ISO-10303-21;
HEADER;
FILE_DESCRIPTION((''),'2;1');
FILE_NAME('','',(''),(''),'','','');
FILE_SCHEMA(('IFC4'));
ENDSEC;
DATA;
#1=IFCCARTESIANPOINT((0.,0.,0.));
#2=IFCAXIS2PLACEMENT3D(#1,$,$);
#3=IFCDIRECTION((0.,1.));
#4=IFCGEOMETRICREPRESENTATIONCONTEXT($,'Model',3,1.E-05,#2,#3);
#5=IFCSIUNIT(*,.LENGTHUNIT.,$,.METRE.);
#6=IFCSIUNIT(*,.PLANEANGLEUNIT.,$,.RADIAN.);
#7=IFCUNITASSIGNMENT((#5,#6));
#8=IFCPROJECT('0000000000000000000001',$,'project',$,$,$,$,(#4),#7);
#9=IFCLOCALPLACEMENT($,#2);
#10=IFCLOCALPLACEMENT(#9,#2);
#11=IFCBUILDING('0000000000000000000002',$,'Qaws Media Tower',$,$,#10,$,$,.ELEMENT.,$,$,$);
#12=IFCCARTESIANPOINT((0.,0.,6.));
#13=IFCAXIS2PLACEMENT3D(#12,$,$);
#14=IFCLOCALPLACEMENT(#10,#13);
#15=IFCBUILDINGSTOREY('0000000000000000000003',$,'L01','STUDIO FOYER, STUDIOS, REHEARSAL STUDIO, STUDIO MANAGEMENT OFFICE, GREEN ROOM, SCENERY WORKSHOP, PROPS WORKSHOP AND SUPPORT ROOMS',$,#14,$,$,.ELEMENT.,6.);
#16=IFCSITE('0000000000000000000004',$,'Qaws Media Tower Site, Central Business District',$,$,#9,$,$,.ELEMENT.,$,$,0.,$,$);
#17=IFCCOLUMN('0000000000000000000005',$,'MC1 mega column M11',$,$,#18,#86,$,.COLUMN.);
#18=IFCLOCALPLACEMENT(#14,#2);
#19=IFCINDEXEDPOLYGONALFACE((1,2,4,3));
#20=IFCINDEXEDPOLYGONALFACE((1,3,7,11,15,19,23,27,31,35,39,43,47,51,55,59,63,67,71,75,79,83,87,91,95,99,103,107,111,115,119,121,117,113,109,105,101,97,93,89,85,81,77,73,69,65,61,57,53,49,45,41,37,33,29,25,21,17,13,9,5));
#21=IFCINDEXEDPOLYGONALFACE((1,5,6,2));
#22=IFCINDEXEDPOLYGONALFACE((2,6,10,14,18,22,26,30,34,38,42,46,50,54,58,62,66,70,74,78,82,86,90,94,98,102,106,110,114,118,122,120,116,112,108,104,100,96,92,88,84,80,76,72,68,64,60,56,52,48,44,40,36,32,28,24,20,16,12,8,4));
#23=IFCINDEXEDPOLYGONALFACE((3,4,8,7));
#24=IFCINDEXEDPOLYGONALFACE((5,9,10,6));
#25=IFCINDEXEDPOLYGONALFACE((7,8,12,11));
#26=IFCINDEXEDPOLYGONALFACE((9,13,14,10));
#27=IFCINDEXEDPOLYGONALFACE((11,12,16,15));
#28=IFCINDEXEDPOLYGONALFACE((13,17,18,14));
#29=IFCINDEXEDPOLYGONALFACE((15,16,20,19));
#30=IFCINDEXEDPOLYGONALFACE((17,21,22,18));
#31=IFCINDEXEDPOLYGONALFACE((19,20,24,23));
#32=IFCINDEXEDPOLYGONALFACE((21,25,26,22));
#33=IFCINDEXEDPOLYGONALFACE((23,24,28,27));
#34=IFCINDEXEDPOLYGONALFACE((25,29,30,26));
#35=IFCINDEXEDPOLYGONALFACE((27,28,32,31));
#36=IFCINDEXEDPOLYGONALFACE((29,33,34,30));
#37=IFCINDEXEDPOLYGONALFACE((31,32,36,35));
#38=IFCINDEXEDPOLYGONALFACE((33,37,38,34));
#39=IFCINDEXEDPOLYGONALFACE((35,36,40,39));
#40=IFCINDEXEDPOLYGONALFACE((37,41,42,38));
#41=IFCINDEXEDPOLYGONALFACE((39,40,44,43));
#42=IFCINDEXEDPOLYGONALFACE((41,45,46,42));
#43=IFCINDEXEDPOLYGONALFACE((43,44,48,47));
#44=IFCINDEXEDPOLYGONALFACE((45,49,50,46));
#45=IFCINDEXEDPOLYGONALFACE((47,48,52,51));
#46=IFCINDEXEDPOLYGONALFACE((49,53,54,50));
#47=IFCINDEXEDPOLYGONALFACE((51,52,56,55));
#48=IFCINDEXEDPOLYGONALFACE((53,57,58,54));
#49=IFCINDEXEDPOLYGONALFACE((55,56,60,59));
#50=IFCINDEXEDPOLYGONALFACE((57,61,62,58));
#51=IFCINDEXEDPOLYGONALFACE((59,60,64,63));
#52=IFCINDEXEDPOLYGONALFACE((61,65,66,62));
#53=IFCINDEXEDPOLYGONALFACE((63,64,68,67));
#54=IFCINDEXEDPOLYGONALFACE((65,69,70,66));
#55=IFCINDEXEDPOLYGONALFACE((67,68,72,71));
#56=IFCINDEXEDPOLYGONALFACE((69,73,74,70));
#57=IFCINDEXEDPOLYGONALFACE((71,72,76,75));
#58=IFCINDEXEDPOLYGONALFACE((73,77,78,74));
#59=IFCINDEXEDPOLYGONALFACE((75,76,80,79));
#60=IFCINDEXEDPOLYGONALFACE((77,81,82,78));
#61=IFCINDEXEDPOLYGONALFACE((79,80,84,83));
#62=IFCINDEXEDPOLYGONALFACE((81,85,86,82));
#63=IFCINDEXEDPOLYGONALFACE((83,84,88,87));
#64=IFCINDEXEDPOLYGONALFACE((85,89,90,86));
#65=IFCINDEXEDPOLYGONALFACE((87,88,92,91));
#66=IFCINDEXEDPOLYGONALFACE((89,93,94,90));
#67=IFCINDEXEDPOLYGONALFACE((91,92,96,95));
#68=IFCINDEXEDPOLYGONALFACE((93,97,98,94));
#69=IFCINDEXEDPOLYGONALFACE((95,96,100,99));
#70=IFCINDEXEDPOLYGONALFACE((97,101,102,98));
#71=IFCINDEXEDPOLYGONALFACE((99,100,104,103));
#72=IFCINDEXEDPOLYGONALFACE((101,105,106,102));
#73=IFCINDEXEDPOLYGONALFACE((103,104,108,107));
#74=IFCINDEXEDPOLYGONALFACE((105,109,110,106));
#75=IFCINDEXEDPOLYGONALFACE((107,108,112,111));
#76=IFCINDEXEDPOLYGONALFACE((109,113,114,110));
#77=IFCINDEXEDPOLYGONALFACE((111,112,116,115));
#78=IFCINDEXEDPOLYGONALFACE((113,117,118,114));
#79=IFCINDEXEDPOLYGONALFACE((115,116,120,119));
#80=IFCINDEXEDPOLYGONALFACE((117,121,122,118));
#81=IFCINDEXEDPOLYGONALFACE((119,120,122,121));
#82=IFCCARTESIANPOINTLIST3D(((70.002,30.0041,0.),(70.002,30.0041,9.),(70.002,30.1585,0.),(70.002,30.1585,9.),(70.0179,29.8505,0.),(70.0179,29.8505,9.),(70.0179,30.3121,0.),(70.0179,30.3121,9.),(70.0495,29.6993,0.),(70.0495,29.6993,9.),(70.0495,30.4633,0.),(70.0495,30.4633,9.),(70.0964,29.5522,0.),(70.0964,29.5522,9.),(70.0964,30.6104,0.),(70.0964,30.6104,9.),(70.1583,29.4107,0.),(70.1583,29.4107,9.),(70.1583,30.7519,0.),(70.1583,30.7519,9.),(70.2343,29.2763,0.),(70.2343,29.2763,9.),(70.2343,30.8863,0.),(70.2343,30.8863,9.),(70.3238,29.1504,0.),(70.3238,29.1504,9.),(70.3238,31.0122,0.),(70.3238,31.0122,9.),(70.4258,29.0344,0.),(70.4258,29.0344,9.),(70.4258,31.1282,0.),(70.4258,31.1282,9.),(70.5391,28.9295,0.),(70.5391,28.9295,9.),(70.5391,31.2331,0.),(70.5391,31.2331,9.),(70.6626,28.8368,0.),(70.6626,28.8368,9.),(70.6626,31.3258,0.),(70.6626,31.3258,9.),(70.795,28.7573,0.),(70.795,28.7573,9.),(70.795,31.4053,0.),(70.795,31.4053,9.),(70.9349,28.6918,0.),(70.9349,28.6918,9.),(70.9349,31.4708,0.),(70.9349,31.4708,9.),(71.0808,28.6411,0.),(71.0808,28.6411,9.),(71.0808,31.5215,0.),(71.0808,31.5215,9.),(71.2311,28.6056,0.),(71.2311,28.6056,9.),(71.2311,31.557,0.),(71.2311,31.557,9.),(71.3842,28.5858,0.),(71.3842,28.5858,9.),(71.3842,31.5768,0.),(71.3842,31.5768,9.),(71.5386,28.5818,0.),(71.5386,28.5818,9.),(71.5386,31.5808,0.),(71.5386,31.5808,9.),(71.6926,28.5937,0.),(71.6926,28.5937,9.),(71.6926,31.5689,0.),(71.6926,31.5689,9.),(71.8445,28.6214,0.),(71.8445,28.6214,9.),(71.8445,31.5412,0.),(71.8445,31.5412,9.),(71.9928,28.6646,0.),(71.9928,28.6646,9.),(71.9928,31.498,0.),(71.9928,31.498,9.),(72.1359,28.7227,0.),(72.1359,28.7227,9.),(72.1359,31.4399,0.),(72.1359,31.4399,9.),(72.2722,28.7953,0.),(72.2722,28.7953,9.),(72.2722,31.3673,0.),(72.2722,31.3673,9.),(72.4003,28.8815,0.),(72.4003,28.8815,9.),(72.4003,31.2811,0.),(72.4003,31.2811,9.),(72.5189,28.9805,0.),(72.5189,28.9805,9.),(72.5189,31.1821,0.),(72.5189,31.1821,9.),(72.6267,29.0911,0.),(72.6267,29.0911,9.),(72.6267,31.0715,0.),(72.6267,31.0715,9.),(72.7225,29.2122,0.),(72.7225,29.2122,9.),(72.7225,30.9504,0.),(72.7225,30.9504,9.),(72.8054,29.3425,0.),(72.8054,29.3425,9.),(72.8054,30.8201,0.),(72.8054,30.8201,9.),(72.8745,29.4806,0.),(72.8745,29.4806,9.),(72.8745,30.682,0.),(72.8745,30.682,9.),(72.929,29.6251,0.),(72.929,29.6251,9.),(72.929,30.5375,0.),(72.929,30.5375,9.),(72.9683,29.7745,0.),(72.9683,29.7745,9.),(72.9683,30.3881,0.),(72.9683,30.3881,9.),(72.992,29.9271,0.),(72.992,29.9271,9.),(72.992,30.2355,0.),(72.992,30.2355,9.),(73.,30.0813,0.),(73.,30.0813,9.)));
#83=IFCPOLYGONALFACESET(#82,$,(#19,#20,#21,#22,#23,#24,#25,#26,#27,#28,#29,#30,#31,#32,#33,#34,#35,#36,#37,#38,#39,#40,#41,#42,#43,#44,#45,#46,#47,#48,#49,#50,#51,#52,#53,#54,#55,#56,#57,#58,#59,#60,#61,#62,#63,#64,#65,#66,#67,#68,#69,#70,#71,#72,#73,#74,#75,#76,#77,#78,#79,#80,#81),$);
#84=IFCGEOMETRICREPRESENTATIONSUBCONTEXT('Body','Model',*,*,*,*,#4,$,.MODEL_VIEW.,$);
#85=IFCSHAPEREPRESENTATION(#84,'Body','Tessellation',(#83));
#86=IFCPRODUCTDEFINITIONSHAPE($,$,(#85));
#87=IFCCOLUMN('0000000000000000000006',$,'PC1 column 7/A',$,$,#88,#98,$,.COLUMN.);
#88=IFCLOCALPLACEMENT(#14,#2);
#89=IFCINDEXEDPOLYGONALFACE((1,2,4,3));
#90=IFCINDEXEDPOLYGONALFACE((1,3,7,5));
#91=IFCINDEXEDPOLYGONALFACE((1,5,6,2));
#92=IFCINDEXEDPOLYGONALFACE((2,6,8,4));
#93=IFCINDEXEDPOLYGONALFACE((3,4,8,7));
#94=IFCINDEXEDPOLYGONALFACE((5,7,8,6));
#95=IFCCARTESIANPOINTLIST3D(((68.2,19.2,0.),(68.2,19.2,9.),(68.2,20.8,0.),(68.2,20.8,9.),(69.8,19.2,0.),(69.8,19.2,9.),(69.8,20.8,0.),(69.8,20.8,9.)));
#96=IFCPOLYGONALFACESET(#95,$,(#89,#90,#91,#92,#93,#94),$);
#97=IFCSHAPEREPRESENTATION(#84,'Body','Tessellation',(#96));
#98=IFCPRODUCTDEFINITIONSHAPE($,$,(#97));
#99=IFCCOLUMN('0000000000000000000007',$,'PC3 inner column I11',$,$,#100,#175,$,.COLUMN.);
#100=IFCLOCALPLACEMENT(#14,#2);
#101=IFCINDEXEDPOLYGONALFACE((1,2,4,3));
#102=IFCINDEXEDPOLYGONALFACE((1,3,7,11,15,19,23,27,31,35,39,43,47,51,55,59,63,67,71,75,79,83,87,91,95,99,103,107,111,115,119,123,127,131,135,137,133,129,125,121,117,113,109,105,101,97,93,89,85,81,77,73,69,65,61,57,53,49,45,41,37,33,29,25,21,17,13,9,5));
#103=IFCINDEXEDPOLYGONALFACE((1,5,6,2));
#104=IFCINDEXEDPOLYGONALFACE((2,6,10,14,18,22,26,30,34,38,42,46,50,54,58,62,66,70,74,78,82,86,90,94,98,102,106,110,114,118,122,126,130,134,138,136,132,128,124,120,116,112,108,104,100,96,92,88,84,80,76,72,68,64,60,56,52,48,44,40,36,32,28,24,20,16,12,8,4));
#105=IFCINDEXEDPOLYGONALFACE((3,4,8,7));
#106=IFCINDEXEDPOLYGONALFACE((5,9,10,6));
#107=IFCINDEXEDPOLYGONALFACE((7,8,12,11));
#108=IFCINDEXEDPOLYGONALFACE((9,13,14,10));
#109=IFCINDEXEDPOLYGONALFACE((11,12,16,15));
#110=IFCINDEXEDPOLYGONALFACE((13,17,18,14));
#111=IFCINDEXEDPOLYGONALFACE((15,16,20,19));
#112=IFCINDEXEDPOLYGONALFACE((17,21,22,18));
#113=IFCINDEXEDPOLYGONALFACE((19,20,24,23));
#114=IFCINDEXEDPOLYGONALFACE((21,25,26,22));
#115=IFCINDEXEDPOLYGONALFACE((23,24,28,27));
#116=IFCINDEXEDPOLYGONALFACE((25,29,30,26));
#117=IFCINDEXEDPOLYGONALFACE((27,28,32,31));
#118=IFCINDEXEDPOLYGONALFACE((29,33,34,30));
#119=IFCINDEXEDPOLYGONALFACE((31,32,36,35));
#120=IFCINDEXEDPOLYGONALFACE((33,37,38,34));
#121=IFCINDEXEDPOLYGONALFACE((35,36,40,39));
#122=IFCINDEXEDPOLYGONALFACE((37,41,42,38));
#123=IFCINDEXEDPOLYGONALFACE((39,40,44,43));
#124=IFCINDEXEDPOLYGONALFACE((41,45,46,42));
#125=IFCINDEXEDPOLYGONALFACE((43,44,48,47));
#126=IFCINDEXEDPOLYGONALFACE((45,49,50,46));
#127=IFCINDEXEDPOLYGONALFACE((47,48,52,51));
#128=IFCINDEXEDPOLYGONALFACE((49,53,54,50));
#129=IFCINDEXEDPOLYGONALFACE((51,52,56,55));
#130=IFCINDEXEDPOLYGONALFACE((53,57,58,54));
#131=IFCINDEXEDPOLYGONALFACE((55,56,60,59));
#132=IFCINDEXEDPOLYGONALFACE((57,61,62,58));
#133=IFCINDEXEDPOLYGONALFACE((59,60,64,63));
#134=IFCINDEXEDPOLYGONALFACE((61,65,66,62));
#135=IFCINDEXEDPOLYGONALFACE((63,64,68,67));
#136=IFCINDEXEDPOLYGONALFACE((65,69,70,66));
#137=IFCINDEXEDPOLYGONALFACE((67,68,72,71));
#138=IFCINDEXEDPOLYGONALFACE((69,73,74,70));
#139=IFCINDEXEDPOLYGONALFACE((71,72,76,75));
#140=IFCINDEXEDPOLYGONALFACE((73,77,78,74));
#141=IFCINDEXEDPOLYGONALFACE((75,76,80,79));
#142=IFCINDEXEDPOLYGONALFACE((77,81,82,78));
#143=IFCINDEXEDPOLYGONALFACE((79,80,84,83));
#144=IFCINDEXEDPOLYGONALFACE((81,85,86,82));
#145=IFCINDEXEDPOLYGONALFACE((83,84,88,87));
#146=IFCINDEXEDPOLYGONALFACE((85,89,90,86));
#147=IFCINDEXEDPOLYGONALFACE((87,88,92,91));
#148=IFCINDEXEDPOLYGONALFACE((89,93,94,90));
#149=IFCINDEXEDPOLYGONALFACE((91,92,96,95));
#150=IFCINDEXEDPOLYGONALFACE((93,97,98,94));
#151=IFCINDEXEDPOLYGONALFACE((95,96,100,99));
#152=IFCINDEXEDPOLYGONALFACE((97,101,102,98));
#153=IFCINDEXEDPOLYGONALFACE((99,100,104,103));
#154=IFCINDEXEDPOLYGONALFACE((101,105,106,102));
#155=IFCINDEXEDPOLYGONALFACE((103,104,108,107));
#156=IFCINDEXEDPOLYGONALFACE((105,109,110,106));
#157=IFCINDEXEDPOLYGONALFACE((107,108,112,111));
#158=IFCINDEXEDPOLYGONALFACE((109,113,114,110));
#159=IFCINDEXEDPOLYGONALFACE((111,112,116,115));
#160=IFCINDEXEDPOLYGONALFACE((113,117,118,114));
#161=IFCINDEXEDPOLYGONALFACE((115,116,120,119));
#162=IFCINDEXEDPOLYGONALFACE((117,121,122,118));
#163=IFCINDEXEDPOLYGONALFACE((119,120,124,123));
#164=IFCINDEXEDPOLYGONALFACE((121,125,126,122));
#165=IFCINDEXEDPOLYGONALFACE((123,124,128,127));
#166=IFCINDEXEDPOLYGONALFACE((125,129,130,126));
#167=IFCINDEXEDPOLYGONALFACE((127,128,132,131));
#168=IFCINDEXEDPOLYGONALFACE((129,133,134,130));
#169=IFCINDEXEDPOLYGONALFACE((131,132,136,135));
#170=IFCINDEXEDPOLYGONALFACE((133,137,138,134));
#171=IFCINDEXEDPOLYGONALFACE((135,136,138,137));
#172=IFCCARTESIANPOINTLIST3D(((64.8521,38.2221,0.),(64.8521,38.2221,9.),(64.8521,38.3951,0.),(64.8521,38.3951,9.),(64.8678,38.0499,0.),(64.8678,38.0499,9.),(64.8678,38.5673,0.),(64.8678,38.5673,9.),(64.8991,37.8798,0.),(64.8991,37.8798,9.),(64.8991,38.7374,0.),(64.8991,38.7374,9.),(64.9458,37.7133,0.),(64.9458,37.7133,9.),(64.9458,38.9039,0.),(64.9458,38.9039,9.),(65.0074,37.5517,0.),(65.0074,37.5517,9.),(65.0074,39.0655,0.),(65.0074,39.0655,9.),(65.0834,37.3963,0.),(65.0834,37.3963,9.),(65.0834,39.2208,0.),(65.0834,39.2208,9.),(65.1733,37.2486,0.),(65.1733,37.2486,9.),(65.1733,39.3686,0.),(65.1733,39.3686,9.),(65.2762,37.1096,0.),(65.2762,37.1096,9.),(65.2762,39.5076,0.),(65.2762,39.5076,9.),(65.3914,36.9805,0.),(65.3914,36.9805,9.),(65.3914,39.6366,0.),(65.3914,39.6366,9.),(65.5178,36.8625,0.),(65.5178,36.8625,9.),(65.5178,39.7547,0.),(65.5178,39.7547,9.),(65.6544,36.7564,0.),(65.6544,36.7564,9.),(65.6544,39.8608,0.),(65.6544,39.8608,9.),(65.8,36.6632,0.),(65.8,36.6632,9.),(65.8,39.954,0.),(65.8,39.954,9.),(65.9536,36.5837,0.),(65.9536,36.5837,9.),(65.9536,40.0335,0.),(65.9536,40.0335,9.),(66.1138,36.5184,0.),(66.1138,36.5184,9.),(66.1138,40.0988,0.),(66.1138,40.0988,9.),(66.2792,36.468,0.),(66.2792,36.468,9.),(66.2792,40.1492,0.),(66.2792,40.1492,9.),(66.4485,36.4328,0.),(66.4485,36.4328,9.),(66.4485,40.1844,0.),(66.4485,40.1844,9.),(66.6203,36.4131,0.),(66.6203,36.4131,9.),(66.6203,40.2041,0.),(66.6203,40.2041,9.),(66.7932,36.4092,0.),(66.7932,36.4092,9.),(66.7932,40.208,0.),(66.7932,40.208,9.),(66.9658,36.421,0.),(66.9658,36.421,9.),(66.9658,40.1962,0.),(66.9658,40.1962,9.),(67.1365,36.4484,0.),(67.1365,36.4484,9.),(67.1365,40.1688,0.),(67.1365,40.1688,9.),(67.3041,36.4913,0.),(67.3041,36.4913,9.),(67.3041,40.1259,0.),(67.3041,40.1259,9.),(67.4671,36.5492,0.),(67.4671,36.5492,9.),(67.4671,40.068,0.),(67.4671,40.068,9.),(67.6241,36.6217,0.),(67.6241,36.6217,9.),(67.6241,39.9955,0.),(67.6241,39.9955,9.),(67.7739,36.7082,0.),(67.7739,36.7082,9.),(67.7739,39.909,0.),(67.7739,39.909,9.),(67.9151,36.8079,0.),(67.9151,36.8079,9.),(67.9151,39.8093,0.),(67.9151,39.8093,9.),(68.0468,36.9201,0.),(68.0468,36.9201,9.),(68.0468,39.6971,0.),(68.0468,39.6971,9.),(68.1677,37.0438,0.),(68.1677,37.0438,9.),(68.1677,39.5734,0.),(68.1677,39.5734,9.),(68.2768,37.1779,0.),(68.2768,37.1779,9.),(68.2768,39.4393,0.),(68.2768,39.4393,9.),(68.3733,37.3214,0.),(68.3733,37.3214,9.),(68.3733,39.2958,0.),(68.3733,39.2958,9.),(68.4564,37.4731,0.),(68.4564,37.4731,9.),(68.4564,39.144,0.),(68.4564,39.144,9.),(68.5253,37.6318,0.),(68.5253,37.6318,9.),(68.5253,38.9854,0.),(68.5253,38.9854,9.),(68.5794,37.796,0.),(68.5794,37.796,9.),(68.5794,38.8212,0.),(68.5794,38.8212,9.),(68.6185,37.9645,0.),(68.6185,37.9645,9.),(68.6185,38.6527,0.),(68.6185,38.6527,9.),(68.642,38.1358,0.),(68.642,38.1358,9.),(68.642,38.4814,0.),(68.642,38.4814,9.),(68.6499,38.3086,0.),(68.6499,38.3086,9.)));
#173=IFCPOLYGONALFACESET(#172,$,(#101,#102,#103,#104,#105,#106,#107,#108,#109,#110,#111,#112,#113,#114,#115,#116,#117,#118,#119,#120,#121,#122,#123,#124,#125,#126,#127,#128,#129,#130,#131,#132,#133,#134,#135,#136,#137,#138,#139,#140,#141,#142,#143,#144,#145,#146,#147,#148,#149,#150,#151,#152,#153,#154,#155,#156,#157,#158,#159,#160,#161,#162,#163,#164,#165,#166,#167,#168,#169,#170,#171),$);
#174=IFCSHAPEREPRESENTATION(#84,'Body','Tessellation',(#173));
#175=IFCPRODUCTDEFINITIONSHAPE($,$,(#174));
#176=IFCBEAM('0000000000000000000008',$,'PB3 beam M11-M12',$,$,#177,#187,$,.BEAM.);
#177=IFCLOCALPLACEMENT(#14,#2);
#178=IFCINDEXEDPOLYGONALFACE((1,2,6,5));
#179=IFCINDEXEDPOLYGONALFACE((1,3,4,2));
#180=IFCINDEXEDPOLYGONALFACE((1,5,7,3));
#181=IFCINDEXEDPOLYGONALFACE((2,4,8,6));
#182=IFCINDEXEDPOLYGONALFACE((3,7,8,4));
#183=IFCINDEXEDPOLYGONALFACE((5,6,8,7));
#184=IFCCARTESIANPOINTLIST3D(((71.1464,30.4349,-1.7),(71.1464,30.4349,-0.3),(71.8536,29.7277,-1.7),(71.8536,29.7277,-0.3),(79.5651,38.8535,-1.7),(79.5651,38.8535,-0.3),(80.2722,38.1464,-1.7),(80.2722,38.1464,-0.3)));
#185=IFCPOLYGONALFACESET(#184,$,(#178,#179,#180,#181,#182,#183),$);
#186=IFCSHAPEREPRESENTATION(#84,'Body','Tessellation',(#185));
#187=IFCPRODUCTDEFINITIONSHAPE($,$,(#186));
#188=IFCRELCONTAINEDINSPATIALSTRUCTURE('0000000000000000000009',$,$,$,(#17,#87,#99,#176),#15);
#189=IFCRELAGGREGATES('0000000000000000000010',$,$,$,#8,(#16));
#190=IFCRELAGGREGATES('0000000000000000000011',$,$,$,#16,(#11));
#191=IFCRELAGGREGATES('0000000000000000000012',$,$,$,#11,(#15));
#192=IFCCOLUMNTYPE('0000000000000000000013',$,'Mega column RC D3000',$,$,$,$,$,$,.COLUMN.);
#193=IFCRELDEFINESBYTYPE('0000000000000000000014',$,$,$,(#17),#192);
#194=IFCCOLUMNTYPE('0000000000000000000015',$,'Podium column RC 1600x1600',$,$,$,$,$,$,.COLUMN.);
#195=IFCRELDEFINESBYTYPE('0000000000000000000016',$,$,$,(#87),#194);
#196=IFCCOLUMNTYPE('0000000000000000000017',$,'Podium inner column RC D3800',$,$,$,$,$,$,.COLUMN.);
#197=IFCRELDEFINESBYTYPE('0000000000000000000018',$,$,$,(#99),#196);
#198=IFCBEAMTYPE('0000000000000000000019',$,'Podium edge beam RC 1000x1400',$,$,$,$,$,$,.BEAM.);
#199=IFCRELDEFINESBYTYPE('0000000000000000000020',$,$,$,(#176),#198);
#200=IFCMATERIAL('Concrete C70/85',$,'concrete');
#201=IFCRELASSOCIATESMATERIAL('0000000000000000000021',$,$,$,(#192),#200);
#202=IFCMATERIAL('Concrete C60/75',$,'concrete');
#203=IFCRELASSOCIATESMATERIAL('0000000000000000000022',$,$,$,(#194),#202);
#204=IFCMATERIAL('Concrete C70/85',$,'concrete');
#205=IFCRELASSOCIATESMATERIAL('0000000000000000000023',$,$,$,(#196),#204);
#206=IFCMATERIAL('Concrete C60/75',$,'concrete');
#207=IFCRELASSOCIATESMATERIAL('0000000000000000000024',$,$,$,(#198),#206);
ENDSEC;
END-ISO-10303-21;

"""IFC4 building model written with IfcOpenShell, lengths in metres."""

from ifc_helpers import new_model, si_unit, direction, frame, origin, origin_2d, place, context, subcontext, project, spatial, rectangle, circle, extrude, material, material_profile, profile_set, type_object, element, save


model = new_model("IFC4")

# Units and contexts
model_context = context("Model", 3, precision=1e-05, world=origin(), true_north=direction((0.0, 1.0)))
body_context = subcontext(model_context, "Body", "Model", "MODEL_VIEW")
ifc_project = project(units=[si_unit("LENGTHUNIT", "METRE"), si_unit("PLANEANGLEUNIT", "RADIAN")], contexts=[model_context])

# Site, building, storey
site_placement = place(None, origin())
site = spatial("IfcSite", under=ifc_project, at=site_placement, Name="Qaws Media Tower Site, Central Business District", CompositionType="ELEMENT", RefElevation=0.0)
building_placement = place(site_placement, origin())
building = spatial("IfcBuilding", under=site, at=building_placement, Name="Qaws Media Tower", CompositionType="ELEMENT")
storey_placement = place(building_placement, frame((0.0, 0.0, 6.0)))
storey = spatial("IfcBuildingStorey", under=building, at=storey_placement, Name="L01", Description="STUDIO FOYER, STUDIOS, REHEARSAL STUDIO, STUDIO MANAGEMENT OFFICE, GREEN ROOM, SCENERY WORKSHOP, PROPS WORKSHOP AND SUPPORT ROOMS", CompositionType="ELEMENT", Elevation=6.0)

# Columns
ifc_material_1 = material(Name="Concrete C70/85", Category="concrete")
ifc_material_profile_1 = material_profile(ifc_material_1, circle(Radius=1.5, at=origin_2d()), Name="RC D3000")
ifc_profile_set_1 = profile_set([ifc_material_profile_1], Name="Concrete C70/85")
column_type_1 = type_object("IfcColumnType", Name="Mega column RC D3000", PredefinedType="COLUMN", material=ifc_profile_set_1)
column_1_placement = place(storey_placement, frame((71.5, 30.0813, 0.0), z_axis=(0.0, 0.0, 1.0), x_axis=(1.0, 0.0, 0.0)))
element("IfcColumn", 1, at=column_1_placement, inside=storey, type_object=column_type_1, Name="MC1 mega column M11", PredefinedType="COLUMN", context=body_context, shape_type="SweptSolid", body=[
    extrude(circle(Radius=1.5, at=origin_2d()), origin(), (0.0, 0.0, 1.0), 9.0),
])
ifc_material_2 = material(Name="Concrete C60/75", Category="concrete")
ifc_material_profile_2 = material_profile(ifc_material_2, rectangle(XDim=1.6001, YDim=1.6001, at=origin_2d()), Name="RC 1600x1600")
ifc_profile_set_2 = profile_set([ifc_material_profile_2], Name="Concrete C60/75")
column_type_2 = type_object("IfcColumnType", Name="Podium column RC 1600x1600", PredefinedType="COLUMN", material=ifc_profile_set_2)
column_2_placement = place(storey_placement, frame((69.0, 20.0, 0.0), z_axis=(0.0, 0.0, 1.0), x_axis=(1.0, 0.0, 0.0)))
element("IfcColumn", 2, at=column_2_placement, inside=storey, type_object=column_type_2, Name="PC1 column 7/A", PredefinedType="COLUMN", context=body_context, shape_type="SweptSolid", body=[
    extrude(rectangle(XDim=1.6001, YDim=1.6001, at=origin_2d()), origin(), (0.0, 0.0, 1.0), 9.0),
])
ifc_material_3 = material(Name="Concrete C70/85", Category="concrete")
ifc_material_profile_3 = material_profile(ifc_material_3, circle(Radius=1.8999, at=origin_2d()), Name="RC D3800")
ifc_profile_set_3 = profile_set([ifc_material_profile_3], Name="Concrete C70/85")
column_type_3 = type_object("IfcColumnType", Name="Podium inner column RC D3800", PredefinedType="COLUMN", material=ifc_profile_set_3)
column_3_placement = place(storey_placement, frame((66.75, 38.3086, 0.0), z_axis=(0.0, 0.0, 1.0), x_axis=(1.0, 0.0, 0.0)))
element("IfcColumn", 3, at=column_3_placement, inside=storey, type_object=column_type_3, Name="PC3 inner column I11", PredefinedType="COLUMN", context=body_context, shape_type="SweptSolid", body=[
    extrude(circle(Radius=1.8999, at=origin_2d()), origin(), (0.0, 0.0, 1.0), 9.0),
])

# Beam
ifc_material_4 = material(Name="Concrete C60/75", Category="concrete")
ifc_material_profile_4 = material_profile(ifc_material_4, rectangle(XDim=1.0, YDim=1.3999, at=origin_2d()), Name="RC 1000x1400")
ifc_profile_set_4 = profile_set([ifc_material_profile_4], Name="Concrete C60/75")
beam_type_1 = type_object("IfcBeamType", Name="Podium edge beam RC 1000x1400", PredefinedType="BEAM", material=ifc_profile_set_4)
beam_1_placement = place(storey_placement, frame((71.5, 30.0813, -1.0), z_axis=(0.707107, 0.707107, 0.0), x_axis=(-0.707107, 0.707107, 0.0)))
element("IfcBeam", 4, at=beam_1_placement, inside=storey, type_object=beam_type_1, Name="PB3 beam M11-M12", PredefinedType="BEAM", context=body_context, shape_type="SweptSolid", body=[
    extrude(rectangle(XDim=1.0, YDim=1.3999, at=origin_2d()), origin(), (0.0, 0.0, 1.0), 11.9058),
])

save(model, "model.ifc")
